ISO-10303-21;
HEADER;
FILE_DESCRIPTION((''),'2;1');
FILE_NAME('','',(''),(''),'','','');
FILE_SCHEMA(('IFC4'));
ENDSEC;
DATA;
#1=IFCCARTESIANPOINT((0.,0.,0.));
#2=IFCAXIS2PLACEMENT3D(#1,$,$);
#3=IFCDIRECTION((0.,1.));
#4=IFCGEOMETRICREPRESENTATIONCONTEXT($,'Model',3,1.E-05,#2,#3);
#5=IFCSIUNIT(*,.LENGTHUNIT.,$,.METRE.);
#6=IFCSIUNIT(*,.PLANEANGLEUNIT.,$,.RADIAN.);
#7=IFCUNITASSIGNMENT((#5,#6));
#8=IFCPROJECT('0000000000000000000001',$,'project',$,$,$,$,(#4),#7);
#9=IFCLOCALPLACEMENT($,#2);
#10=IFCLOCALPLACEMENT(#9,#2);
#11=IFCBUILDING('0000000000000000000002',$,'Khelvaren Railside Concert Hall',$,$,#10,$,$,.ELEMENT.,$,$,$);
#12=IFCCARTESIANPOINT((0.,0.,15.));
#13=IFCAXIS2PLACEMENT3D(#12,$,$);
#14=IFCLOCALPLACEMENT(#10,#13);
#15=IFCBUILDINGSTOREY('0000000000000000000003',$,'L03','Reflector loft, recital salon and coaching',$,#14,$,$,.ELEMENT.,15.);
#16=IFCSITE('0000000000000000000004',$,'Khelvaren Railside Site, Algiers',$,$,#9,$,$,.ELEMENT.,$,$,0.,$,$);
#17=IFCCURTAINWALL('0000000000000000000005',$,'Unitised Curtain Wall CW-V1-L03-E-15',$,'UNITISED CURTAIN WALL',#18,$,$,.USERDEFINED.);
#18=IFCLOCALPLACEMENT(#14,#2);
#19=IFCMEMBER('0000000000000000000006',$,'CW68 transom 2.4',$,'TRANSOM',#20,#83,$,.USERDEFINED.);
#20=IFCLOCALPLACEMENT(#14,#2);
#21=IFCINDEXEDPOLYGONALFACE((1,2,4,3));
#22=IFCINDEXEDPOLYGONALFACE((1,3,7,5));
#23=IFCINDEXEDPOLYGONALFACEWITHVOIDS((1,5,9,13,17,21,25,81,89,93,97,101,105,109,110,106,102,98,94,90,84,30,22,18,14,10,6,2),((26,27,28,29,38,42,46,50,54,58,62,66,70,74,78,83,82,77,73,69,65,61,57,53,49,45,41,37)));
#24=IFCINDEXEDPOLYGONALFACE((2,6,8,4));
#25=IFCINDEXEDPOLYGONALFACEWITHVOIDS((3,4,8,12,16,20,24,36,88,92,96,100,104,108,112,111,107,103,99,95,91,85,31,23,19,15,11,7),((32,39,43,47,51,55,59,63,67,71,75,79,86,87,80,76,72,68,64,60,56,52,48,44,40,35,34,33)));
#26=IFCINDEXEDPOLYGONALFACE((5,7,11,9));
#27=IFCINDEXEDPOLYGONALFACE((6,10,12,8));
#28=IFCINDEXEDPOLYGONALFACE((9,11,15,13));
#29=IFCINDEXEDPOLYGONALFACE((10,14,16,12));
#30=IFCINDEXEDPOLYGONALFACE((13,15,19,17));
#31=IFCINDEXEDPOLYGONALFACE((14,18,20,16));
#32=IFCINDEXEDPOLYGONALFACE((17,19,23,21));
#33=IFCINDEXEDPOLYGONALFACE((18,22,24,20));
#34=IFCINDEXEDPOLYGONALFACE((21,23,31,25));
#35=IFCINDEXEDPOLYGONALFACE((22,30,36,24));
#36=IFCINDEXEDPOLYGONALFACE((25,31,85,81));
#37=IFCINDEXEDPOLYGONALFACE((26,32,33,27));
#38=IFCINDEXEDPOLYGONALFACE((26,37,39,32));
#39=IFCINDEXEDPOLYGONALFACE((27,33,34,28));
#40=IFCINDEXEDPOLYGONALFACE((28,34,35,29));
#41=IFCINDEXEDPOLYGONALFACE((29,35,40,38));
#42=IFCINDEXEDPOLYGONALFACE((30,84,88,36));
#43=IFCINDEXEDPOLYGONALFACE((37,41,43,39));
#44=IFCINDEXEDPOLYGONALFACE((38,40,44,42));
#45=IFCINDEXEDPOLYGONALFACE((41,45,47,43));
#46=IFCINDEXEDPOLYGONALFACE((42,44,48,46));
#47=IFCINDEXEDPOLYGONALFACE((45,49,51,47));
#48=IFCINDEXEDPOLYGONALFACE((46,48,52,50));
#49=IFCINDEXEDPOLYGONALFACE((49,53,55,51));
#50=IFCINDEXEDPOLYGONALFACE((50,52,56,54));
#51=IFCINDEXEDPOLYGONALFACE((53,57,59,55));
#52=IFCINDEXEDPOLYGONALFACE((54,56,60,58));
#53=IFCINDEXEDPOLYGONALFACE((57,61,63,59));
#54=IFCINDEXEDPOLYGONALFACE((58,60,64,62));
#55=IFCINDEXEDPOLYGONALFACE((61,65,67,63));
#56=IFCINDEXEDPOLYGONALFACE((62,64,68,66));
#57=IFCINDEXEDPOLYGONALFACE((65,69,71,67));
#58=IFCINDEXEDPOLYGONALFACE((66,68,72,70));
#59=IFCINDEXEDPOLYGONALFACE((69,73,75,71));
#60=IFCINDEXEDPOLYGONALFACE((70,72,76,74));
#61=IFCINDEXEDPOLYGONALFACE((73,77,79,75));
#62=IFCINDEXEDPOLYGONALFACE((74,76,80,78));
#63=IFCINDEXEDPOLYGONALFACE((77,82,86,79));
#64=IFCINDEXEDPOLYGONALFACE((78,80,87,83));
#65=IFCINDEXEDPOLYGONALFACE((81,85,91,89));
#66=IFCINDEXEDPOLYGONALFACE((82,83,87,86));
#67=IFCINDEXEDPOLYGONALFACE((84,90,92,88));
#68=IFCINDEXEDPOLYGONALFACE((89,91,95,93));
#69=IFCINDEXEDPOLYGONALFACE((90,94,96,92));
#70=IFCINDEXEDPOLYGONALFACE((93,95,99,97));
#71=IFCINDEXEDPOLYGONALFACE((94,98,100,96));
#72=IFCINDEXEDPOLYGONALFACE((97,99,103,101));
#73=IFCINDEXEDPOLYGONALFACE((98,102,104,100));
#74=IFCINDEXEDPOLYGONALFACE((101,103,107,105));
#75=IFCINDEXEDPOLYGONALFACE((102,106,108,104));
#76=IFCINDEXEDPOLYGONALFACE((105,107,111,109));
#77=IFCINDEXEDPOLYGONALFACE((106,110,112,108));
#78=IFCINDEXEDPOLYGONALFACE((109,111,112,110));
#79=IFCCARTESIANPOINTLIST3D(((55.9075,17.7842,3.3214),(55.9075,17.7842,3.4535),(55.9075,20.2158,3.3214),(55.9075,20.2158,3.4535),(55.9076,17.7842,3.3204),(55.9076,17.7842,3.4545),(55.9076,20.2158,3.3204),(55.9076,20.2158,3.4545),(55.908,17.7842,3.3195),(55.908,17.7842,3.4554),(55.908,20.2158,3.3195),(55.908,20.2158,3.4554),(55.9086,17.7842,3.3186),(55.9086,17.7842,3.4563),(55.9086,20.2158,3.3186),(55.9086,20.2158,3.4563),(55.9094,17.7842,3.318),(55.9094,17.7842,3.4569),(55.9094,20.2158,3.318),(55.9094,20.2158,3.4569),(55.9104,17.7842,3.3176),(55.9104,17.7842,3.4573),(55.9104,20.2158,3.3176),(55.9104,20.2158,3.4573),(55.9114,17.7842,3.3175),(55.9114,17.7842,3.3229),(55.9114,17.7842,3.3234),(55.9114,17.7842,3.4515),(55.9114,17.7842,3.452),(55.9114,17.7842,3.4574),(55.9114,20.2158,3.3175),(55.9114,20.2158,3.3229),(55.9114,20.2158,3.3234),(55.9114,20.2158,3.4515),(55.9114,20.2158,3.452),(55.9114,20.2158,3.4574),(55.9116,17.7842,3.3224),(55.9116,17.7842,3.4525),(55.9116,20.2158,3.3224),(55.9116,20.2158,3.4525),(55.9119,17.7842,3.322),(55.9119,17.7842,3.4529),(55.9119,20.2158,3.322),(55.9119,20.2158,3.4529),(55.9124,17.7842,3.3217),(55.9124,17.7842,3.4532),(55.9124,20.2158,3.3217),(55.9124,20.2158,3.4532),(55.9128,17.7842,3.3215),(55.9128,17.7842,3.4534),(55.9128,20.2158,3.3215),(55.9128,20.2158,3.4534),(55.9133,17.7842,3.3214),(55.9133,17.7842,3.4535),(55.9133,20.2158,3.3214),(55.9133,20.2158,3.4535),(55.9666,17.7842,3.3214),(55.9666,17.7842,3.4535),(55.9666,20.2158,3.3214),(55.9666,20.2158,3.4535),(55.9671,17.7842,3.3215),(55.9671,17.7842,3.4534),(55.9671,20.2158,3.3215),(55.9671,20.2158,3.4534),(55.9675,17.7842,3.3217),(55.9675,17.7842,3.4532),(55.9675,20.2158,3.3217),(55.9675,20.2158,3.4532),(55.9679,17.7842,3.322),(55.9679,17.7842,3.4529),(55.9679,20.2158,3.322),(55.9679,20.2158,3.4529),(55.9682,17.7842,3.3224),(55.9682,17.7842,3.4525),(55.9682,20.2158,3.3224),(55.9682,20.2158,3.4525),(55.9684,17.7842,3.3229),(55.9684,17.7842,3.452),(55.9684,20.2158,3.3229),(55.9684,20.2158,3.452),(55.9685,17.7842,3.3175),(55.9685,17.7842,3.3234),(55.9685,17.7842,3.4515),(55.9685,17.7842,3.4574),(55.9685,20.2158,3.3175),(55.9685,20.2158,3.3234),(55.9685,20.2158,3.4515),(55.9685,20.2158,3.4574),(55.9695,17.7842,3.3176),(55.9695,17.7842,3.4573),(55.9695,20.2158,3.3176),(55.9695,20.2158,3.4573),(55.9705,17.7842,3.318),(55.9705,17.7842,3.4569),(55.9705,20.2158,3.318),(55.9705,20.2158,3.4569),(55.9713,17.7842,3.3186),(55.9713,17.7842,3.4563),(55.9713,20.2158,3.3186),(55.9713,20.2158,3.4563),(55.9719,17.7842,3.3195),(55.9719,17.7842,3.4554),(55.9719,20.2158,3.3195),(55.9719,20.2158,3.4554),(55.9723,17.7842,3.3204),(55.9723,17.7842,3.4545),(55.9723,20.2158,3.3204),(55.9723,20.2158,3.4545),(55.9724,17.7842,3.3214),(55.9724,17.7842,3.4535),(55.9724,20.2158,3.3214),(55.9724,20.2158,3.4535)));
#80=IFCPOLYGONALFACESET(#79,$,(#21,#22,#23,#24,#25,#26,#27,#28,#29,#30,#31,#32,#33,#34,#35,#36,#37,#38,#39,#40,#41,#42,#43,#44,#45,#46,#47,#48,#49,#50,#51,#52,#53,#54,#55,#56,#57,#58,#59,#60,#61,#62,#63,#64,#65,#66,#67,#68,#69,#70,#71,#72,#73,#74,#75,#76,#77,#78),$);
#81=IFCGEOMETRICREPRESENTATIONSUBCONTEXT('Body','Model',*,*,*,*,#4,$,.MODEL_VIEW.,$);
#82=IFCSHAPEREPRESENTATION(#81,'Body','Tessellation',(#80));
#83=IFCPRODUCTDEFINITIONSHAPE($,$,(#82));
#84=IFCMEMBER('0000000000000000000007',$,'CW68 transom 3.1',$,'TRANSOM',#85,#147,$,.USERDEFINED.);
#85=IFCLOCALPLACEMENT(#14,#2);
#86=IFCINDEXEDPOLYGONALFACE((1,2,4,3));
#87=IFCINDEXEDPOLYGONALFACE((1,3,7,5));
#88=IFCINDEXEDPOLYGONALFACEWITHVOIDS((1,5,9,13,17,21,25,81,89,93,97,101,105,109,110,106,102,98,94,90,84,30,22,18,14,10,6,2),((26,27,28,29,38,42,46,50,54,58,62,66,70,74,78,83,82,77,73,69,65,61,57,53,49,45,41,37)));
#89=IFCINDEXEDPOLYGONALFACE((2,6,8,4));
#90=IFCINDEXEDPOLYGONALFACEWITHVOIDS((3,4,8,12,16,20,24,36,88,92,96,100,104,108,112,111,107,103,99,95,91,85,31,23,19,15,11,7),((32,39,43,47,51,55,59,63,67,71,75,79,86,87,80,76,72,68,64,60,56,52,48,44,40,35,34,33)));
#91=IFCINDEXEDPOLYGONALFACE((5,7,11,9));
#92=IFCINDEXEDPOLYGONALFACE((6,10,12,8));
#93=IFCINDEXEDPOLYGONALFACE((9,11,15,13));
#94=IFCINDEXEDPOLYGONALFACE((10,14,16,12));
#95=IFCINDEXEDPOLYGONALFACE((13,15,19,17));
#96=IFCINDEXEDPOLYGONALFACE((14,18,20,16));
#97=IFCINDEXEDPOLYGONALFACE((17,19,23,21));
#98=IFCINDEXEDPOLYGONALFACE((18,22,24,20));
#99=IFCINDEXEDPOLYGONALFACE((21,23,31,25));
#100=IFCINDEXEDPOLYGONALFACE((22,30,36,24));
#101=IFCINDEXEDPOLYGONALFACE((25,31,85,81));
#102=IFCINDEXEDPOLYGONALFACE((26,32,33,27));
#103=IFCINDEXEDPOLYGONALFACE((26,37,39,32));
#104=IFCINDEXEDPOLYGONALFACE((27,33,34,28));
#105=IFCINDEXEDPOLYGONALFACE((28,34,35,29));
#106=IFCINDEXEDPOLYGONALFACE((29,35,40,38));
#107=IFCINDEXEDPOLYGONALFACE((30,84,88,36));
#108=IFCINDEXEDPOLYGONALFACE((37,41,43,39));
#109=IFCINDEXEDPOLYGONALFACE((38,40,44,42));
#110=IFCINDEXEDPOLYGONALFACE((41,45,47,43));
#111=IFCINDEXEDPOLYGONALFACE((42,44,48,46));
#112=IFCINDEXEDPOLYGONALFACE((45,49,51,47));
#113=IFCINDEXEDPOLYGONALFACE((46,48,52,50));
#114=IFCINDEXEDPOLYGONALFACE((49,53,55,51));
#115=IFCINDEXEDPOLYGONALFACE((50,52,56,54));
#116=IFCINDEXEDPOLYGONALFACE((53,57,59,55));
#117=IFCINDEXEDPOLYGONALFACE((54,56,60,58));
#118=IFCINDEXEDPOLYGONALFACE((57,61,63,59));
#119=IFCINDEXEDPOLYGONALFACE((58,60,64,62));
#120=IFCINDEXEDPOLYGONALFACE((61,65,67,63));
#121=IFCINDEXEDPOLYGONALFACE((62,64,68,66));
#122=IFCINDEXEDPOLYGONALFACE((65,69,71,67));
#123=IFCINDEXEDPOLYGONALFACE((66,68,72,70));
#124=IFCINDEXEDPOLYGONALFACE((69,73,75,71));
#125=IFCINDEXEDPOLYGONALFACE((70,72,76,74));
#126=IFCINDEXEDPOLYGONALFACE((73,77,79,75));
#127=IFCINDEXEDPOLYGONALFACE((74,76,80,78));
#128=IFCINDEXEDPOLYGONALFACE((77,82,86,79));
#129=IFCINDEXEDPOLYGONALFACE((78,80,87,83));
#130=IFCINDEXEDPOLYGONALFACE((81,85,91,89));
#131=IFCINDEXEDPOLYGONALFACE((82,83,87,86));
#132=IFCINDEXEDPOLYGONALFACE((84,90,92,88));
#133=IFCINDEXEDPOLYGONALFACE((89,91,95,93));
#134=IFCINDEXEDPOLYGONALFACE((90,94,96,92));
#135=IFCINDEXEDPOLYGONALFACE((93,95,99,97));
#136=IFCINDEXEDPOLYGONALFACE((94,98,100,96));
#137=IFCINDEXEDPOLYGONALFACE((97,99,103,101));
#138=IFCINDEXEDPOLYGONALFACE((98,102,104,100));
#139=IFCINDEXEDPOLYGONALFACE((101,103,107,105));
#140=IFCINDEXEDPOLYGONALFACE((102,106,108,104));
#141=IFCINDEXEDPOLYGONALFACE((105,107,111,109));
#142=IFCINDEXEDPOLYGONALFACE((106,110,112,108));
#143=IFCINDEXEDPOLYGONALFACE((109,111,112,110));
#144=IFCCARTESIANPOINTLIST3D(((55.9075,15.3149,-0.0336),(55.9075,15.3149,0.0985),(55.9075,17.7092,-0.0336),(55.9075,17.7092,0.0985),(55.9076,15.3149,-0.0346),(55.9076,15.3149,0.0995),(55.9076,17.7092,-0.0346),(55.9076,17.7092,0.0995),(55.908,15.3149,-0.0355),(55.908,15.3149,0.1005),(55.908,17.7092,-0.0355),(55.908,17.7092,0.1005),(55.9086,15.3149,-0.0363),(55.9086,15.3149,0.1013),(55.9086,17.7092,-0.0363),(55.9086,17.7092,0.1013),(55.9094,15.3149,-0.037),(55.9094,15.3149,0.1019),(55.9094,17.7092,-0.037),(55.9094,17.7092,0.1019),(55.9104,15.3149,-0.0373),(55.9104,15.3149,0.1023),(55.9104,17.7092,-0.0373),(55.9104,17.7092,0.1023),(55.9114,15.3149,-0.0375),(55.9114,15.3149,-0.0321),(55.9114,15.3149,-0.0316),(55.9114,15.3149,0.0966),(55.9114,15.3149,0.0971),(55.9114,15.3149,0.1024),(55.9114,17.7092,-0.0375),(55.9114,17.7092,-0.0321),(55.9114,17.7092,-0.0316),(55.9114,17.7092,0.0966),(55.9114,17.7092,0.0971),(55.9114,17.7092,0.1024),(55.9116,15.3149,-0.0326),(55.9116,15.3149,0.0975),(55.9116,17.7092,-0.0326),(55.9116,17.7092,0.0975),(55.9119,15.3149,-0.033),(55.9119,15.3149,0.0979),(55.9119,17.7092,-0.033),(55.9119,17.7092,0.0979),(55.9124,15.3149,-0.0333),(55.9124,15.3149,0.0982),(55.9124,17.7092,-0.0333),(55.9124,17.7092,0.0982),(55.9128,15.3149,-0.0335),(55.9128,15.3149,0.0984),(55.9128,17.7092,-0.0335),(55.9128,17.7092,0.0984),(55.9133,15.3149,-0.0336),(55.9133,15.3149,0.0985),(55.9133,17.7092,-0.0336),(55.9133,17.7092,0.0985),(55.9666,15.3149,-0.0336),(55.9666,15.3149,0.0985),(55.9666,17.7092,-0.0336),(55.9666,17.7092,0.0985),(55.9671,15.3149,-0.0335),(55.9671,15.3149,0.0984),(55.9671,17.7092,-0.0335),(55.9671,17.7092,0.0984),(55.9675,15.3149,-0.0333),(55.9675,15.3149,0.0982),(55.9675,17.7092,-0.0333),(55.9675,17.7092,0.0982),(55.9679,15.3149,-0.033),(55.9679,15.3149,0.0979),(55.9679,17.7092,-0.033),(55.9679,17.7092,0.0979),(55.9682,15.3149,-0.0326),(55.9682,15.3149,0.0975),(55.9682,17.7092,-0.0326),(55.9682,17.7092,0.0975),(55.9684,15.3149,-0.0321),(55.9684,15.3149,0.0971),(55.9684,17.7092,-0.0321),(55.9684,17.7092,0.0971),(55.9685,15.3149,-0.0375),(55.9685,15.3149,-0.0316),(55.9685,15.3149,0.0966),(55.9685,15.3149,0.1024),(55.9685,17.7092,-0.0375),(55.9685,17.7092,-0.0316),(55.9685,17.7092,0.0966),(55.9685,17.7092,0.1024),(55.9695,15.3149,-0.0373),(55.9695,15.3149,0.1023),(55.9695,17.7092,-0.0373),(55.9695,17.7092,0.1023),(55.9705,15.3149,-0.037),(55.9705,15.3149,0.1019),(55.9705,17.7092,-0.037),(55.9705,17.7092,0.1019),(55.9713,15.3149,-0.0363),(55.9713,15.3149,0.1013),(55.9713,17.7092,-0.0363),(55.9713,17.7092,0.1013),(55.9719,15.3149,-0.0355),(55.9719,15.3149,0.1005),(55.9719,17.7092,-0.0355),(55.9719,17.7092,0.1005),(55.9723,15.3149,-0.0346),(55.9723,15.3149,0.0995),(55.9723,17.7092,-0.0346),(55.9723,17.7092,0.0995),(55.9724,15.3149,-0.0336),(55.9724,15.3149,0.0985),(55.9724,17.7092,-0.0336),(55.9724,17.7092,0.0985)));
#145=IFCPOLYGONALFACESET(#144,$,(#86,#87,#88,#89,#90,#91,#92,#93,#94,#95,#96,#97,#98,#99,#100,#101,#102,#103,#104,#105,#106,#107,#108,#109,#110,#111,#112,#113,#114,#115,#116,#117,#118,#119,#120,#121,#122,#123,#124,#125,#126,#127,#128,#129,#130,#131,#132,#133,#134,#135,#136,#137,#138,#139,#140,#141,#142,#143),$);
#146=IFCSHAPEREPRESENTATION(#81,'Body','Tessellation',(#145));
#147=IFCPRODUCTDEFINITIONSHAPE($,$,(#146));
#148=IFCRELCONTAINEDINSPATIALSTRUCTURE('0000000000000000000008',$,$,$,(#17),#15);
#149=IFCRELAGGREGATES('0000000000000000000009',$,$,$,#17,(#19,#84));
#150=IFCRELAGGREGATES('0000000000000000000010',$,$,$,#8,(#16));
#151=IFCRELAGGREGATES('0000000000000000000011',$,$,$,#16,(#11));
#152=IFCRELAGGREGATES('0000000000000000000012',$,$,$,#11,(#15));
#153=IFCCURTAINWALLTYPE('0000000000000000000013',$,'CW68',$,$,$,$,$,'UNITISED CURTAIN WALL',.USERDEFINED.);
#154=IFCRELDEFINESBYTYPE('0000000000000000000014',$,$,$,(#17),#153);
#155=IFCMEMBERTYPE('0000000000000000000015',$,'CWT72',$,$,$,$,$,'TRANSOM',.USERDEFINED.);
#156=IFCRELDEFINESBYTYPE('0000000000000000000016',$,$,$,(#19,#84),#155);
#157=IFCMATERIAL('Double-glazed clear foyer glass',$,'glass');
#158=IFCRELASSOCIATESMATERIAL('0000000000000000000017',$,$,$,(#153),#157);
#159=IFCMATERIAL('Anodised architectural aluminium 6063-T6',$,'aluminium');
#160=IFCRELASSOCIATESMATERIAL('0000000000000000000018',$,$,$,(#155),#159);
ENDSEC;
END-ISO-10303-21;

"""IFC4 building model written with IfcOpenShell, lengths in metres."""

from ifc_helpers import new_model, si_unit, direction, frame, origin, origin_2d, place, context, subcontext, project, spatial, hollow_rectangle, extrude, material, material_profile, profile_set, type_object, element, aggregate, save


model = new_model("IFC4")

# Units and contexts
model_context = context("Model", 3, precision=1e-05, world=origin(), true_north=direction((0.0, 1.0)))
body_context = subcontext(model_context, "Body", "Model", "MODEL_VIEW")
ifc_project = project(units=[si_unit("LENGTHUNIT", "METRE"), si_unit("PLANEANGLEUNIT", "RADIAN")], contexts=[model_context])

# Site, building, storey
site_placement = place(None, origin())
site = spatial("IfcSite", under=ifc_project, at=site_placement, Name="Khelvaren Railside Site, Algiers", CompositionType="ELEMENT", RefElevation=0.0)
building_placement = place(site_placement, origin())
building = spatial("IfcBuilding", under=site, at=building_placement, Name="Khelvaren Railside Concert Hall", CompositionType="ELEMENT")
storey_placement = place(building_placement, frame((0.0, 0.0, 15.0)))
storey = spatial("IfcBuildingStorey", under=building, at=storey_placement, Name="L03", Description="Reflector loft, recital salon and coaching", CompositionType="ELEMENT", Elevation=15.0)

# Curtain wall
ifc_material_1 = material(Name="Double-glazed clear foyer glass", Category="glass")
curtain_wall_type_1 = type_object("IfcCurtainWallType", Name="CW68", ElementType="UNITISED CURTAIN WALL", PredefinedType="USERDEFINED", material=ifc_material_1)
curtain_wall_1_placement = place(storey_placement, origin())
curtain_wall_1 = element("IfcCurtainWall", 1, at=curtain_wall_1_placement, inside=storey, type_object=curtain_wall_type_1, Name="Unitised Curtain Wall CW-V1-L03-E-15", ObjectType="UNITISED CURTAIN WALL", PredefinedType="USERDEFINED")
ifc_material_2 = material(Name="Anodised architectural aluminium 6063-T6", Category="aluminium")

# Members
ifc_material_profile_1 = material_profile(ifc_material_2, hollow_rectangle(XDim=0.0649, YDim=0.1399, WallThickness=0.0039, InnerFilletRadius=0.002, OuterFilletRadius=0.0039, at=origin_2d()), Name="CWT 65x140x4")
ifc_profile_set_1 = profile_set([ifc_material_profile_1], Name="Anodised architectural aluminium 6063-T6")
member_type_1 = type_object("IfcMemberType", Name="CWT72", ElementType="TRANSOM", PredefinedType="USERDEFINED", material=ifc_profile_set_1)
member_1_placement = place(storey_placement, frame((55.9399, 20.2158, 3.3875), z_axis=(0.0, -1.0, 0.0), x_axis=(1.0, 0.0, 0.0)))
member_1 = element("IfcMember", 2, at=member_1_placement, type_object=member_type_1, Name="CW68 transom 2.4", ObjectType="TRANSOM", PredefinedType="USERDEFINED", context=body_context, shape_type="SweptSolid", body=[
    extrude(hollow_rectangle(XDim=0.0649, YDim=0.1399, WallThickness=0.0039, InnerFilletRadius=0.002, OuterFilletRadius=0.0039, at=origin_2d()), origin(), (0.0, 0.0, 1.0), 2.4316),
])
member_2_placement = place(storey_placement, frame((55.9399, 17.7092, 0.0325), z_axis=(0.0, -1.0, 0.0), x_axis=(1.0, 0.0, 0.0)))
member_2 = element("IfcMember", 3, at=member_2_placement, type_object=member_type_1, Name="CW68 transom 3.1", ObjectType="TRANSOM", PredefinedType="USERDEFINED", context=body_context, shape_type="SweptSolid", body=[
    extrude(hollow_rectangle(XDim=0.0649, YDim=0.1399, WallThickness=0.0039, InnerFilletRadius=0.002, OuterFilletRadius=0.0039, at=origin_2d()), origin(), (0.0, 0.0, 1.0), 2.3943),
])

aggregate(curtain_wall_1, [member_1, member_2])

save(model, "model.ifc")
